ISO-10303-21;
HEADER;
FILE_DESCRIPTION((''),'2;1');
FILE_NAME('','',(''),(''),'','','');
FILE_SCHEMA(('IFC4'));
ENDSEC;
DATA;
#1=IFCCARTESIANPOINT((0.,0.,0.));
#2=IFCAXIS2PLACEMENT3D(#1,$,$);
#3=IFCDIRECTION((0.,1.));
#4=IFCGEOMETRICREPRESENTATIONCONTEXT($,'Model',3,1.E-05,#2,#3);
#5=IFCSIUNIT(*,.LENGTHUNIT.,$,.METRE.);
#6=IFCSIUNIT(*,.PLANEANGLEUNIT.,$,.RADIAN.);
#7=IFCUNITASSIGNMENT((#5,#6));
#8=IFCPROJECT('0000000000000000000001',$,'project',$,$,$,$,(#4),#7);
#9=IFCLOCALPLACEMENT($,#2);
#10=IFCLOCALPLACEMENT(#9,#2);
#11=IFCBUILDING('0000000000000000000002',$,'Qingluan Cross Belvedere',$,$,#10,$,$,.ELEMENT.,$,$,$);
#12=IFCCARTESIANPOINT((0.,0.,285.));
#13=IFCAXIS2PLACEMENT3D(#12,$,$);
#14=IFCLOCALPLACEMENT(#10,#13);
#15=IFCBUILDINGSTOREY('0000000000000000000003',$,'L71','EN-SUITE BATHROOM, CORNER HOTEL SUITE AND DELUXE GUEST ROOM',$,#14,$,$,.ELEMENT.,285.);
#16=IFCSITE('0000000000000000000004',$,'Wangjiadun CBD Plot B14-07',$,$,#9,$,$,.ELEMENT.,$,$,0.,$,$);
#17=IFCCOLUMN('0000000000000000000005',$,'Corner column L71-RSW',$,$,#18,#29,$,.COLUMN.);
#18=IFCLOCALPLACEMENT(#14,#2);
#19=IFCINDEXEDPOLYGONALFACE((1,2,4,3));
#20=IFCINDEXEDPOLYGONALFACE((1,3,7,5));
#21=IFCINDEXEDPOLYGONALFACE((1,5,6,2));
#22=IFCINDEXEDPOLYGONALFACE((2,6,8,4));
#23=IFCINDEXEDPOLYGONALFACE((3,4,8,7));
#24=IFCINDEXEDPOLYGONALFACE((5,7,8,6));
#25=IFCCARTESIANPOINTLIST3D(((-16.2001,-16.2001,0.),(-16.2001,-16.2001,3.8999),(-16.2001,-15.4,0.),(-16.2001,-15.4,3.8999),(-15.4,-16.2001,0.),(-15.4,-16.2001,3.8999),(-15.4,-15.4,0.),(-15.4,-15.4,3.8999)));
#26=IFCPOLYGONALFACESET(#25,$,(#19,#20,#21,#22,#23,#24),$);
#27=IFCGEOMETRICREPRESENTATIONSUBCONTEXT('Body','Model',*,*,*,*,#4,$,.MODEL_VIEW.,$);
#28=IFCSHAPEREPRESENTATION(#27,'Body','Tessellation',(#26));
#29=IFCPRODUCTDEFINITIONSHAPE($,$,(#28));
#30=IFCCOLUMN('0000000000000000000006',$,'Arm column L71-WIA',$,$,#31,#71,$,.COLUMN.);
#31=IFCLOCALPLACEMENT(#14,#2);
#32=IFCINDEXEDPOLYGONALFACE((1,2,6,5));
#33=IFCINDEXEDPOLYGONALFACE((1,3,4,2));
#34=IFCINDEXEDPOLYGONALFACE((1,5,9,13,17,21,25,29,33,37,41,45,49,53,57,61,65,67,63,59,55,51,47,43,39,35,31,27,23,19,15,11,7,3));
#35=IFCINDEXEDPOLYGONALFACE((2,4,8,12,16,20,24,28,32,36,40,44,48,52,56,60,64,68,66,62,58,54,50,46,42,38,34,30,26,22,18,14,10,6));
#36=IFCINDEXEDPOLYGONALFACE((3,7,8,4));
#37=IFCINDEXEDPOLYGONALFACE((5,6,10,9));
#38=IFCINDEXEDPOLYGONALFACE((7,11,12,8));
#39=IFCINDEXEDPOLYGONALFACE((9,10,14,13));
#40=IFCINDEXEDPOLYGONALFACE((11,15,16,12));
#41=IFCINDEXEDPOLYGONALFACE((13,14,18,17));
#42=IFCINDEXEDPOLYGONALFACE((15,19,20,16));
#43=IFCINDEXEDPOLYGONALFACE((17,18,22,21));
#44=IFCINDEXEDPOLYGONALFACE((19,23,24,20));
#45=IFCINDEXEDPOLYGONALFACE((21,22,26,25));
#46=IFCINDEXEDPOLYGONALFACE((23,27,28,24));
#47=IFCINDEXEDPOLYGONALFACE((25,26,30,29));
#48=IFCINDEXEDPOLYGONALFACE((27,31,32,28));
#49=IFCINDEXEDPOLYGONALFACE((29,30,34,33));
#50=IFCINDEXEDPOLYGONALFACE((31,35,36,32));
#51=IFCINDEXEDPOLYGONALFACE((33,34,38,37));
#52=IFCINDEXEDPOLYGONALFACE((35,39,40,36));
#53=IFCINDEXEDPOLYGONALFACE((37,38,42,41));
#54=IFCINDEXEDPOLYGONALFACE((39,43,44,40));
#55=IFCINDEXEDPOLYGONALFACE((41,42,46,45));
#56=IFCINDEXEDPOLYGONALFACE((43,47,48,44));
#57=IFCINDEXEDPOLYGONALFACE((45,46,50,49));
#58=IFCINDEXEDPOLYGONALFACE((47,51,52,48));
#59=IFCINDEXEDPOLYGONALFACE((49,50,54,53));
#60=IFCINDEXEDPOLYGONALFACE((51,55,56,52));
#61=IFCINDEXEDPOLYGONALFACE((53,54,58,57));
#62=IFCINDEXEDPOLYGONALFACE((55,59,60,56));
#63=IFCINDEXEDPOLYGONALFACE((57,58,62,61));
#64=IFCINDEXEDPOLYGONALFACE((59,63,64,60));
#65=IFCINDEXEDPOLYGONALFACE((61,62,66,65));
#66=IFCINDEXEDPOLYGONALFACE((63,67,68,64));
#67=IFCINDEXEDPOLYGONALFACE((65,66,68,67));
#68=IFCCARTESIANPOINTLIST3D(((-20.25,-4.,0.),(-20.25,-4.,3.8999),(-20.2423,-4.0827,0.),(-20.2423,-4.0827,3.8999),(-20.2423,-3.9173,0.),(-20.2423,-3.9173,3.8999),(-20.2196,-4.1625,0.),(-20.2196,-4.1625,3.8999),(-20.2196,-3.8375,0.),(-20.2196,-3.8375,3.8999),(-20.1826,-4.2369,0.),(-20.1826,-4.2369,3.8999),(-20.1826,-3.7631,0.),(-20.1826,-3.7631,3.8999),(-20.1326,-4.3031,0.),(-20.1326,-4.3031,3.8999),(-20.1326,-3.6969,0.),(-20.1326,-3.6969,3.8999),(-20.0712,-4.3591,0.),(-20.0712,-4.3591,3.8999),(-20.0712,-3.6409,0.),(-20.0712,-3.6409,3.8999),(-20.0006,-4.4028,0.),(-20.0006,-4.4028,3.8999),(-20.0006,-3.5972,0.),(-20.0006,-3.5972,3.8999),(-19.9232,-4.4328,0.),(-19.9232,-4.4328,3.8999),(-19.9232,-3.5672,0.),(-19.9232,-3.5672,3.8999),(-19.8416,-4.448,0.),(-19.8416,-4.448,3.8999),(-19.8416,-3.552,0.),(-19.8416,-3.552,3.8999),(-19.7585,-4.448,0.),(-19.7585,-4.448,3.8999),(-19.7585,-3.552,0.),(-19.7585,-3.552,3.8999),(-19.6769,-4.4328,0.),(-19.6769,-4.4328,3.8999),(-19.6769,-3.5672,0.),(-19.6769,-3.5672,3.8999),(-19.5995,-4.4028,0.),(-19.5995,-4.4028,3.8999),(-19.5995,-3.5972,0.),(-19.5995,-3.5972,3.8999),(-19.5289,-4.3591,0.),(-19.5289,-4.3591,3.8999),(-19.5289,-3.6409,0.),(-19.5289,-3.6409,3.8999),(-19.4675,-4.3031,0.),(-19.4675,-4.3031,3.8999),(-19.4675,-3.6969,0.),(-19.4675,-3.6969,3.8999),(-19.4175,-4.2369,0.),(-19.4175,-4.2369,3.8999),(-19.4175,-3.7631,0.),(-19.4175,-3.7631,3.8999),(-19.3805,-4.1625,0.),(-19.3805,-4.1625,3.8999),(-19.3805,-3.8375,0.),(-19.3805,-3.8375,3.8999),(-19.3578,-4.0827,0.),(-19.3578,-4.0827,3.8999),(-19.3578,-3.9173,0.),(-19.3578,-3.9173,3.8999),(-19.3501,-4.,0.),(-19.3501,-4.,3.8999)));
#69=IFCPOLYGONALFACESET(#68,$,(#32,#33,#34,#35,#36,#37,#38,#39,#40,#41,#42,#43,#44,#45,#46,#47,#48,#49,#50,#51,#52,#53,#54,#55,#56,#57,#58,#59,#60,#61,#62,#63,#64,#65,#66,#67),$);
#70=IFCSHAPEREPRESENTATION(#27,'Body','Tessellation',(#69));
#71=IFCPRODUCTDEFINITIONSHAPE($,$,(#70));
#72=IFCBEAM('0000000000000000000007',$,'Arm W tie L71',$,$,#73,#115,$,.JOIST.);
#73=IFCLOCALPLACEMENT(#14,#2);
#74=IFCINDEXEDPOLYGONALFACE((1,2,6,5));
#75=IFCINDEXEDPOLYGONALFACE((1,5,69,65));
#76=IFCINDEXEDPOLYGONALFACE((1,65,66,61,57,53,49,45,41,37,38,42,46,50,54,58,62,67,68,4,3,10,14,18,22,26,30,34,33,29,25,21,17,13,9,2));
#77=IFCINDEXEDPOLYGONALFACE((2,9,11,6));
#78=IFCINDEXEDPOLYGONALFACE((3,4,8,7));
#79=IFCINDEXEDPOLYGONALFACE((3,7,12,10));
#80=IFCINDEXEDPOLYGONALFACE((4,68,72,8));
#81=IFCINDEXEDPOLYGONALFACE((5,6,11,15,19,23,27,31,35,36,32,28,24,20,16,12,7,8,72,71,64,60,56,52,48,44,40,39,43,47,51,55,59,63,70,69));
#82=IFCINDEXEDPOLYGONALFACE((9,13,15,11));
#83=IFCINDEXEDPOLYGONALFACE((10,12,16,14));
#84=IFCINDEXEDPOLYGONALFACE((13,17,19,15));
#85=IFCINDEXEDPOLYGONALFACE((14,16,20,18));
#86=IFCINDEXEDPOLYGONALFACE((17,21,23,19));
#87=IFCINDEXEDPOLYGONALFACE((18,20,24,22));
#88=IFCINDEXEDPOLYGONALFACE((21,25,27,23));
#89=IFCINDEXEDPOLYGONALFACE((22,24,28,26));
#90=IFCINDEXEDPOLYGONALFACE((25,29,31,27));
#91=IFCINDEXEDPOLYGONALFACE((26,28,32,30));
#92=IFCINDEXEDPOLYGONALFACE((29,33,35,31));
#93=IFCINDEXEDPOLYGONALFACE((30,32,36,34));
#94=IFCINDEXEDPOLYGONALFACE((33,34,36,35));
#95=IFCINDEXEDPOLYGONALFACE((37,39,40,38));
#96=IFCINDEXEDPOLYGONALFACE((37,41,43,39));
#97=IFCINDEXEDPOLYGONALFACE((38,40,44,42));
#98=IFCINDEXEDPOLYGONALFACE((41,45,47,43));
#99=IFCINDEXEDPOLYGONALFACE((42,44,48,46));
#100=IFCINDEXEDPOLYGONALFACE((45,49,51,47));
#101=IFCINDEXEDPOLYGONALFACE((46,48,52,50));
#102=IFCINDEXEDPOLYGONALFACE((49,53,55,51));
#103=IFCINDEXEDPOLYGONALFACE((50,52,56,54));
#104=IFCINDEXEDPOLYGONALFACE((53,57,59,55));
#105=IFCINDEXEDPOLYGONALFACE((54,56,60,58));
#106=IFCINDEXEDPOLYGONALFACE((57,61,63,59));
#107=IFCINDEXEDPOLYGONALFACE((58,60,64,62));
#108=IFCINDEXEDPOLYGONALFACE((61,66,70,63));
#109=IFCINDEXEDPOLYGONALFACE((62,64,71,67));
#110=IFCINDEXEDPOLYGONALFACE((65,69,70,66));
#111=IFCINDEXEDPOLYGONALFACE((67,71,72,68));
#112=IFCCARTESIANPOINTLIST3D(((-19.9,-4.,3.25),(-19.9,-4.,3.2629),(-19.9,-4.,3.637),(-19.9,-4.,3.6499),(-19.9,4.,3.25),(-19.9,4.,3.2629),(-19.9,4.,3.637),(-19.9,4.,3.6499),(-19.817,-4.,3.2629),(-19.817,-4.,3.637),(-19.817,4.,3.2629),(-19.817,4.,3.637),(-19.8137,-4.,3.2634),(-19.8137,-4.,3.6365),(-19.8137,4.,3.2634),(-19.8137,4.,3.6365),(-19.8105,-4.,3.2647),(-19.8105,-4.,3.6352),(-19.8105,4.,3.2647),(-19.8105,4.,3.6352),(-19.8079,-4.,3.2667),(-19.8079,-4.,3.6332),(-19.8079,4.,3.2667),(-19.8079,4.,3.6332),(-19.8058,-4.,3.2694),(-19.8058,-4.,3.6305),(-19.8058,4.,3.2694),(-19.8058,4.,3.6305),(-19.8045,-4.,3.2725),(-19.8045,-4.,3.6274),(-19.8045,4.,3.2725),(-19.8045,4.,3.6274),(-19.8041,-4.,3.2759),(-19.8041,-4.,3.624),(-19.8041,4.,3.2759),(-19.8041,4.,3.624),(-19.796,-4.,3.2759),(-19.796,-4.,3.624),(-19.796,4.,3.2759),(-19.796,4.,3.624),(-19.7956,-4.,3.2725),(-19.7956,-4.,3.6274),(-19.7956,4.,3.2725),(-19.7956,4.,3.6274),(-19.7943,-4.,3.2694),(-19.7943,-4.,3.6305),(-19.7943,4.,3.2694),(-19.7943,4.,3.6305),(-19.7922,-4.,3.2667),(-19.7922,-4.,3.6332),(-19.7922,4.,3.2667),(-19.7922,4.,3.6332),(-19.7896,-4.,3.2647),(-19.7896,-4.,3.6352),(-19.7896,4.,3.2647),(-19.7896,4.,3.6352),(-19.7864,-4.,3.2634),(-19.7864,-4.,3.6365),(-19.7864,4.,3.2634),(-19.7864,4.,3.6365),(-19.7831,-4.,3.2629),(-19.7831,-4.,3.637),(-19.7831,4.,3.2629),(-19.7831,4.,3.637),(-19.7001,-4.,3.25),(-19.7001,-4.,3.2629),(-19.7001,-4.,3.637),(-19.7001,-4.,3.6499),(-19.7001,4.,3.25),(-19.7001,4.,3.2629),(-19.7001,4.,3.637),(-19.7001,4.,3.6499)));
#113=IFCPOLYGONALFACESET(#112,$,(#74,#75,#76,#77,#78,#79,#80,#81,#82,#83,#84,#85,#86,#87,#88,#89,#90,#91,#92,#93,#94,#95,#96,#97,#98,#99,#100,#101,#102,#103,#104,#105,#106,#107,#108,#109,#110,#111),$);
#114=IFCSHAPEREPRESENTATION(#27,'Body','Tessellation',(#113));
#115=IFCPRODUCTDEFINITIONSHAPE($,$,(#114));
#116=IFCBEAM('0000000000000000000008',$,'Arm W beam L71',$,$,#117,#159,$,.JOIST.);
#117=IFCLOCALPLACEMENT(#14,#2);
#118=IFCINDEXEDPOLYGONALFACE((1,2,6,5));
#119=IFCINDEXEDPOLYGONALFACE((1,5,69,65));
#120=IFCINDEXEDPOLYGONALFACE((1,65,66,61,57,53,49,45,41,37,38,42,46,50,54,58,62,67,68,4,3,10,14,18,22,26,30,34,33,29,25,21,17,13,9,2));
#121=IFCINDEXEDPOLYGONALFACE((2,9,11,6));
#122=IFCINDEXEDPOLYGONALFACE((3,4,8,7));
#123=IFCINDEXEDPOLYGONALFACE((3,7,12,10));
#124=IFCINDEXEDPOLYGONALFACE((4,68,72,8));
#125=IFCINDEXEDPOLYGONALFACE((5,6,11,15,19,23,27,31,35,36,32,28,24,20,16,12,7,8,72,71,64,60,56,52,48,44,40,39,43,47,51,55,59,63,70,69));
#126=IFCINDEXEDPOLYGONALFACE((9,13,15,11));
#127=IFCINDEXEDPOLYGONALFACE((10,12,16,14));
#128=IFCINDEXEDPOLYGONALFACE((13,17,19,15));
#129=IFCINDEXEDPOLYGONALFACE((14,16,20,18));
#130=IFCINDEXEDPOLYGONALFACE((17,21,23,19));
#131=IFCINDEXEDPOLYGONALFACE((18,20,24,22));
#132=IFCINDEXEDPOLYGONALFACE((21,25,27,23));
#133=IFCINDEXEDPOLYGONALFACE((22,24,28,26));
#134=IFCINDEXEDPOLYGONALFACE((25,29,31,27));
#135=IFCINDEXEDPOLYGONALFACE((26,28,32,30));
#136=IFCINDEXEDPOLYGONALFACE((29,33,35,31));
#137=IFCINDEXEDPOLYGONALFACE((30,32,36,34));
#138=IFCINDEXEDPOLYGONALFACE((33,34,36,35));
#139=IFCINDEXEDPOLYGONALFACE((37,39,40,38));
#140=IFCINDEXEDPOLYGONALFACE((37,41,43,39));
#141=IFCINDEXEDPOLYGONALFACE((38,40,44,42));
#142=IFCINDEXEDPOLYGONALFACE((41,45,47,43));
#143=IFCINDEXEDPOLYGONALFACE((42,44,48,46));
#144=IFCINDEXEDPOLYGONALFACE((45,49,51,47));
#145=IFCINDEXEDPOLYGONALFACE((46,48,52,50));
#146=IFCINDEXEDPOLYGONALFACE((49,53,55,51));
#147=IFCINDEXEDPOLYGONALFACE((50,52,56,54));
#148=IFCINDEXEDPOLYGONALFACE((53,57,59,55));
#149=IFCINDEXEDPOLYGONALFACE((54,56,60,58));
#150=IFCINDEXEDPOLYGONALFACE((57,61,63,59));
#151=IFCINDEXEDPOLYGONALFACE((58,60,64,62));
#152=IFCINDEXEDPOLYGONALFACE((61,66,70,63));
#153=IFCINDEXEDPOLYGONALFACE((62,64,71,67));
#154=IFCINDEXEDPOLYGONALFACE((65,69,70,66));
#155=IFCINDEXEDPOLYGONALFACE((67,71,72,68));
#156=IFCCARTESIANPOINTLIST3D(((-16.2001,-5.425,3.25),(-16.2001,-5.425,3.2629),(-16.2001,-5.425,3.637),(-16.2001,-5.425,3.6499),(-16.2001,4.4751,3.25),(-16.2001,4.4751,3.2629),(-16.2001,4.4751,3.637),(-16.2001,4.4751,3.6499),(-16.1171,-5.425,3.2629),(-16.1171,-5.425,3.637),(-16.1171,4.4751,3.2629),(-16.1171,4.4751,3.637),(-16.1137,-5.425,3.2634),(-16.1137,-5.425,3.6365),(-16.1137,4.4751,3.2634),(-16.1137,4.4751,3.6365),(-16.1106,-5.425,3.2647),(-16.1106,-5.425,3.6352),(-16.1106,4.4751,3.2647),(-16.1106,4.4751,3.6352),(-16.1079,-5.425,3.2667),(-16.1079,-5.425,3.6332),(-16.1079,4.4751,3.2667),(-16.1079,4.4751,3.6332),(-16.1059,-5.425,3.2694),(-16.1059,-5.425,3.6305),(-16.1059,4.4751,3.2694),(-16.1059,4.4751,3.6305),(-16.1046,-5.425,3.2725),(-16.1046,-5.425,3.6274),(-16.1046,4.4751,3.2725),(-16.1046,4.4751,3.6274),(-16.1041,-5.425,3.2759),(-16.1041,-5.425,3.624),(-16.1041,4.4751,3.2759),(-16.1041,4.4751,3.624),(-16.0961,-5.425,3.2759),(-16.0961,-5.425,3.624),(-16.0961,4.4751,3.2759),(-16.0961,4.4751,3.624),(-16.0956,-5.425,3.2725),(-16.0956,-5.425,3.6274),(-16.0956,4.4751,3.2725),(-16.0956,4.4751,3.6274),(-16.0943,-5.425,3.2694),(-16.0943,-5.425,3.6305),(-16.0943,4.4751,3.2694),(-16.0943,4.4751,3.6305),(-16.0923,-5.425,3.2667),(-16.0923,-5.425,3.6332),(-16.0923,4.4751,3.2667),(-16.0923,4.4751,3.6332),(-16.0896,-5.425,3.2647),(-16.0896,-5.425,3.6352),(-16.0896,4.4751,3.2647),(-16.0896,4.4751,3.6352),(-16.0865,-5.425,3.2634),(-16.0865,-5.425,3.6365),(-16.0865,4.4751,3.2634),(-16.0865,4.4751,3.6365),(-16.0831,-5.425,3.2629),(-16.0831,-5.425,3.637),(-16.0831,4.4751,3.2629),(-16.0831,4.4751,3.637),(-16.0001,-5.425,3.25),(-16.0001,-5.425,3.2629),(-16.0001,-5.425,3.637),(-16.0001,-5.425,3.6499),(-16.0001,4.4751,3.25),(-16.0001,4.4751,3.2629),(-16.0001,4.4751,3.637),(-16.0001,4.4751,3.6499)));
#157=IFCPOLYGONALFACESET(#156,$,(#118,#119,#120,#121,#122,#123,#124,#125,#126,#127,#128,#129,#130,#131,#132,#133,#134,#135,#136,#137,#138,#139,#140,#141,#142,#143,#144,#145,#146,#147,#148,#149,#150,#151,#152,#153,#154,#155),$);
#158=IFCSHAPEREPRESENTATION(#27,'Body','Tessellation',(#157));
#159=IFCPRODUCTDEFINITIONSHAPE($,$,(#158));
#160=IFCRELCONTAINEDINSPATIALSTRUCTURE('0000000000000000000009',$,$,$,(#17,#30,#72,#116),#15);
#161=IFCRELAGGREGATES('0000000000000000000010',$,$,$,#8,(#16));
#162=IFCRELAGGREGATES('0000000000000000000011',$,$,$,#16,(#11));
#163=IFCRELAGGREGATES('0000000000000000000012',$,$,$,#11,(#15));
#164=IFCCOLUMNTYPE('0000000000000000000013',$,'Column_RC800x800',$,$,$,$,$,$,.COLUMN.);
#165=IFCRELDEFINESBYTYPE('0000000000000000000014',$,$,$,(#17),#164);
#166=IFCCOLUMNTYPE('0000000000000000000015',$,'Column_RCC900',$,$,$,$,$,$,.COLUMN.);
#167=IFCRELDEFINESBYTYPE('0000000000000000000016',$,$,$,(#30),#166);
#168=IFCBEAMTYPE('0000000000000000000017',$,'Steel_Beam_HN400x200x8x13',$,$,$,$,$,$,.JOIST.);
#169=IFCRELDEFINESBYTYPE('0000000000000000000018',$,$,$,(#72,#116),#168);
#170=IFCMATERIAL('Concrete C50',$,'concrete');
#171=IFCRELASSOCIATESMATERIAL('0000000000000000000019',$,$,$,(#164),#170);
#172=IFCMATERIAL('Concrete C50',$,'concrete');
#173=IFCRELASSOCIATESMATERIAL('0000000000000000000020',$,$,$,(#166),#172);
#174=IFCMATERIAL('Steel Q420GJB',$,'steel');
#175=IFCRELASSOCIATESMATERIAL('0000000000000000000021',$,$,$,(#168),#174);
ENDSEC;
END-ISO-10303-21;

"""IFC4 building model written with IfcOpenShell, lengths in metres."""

from ifc_helpers import new_model, si_unit, direction, frame, origin, origin_2d, place, context, subcontext, project, spatial, rectangle, circle, i_section, extrude, material, material_profile, profile_set, type_object, element, save


model = new_model("IFC4")

# Units and contexts
model_context = context("Model", 3, precision=1e-05, world=origin(), true_north=direction((0.0, 1.0)))
body_context = subcontext(model_context, "Body", "Model", "MODEL_VIEW")
ifc_project = project(units=[si_unit("LENGTHUNIT", "METRE"), si_unit("PLANEANGLEUNIT", "RADIAN")], contexts=[model_context])

# Site, building, storey
site_placement = place(None, origin())
site = spatial("IfcSite", under=ifc_project, at=site_placement, Name="Wangjiadun CBD Plot B14-07", CompositionType="ELEMENT", RefElevation=0.0)
building_placement = place(site_placement, origin())
building = spatial("IfcBuilding", under=site, at=building_placement, Name="Qingluan Cross Belvedere", CompositionType="ELEMENT")
storey_placement = place(building_placement, frame((0.0, 0.0, 285.0)))
storey = spatial("IfcBuildingStorey", under=building, at=storey_placement, Name="L71", Description="EN-SUITE BATHROOM, CORNER HOTEL SUITE AND DELUXE GUEST ROOM", CompositionType="ELEMENT", Elevation=285.0)

# Columns
ifc_material_1 = material(Name="Concrete C50", Category="concrete")
ifc_material_profile_1 = material_profile(ifc_material_1, rectangle(XDim=0.8, YDim=0.8, at=origin_2d()), Name="RC800x800")
ifc_profile_set_1 = profile_set([ifc_material_profile_1], Name="Concrete C50")
column_type_1 = type_object("IfcColumnType", Name="Column_RC800x800", PredefinedType="COLUMN", material=ifc_profile_set_1)
column_1_placement = place(storey_placement, frame((-15.8, -15.8, 0.0), z_axis=(0.0, 0.0, 1.0), x_axis=(1.0, 0.0, 0.0)))
element("IfcColumn", 1, at=column_1_placement, inside=storey, type_object=column_type_1, Name="Corner column L71-RSW", PredefinedType="COLUMN", context=body_context, shape_type="SweptSolid", body=[
    extrude(rectangle(XDim=0.8, YDim=0.8, at=origin_2d()), origin(), (0.0, 0.0, 1.0), 3.8999),
])
ifc_material_2 = material(Name="Concrete C50", Category="concrete")
ifc_material_profile_2 = material_profile(ifc_material_2, circle(Radius=0.45, at=origin_2d()), Name="RCC900")
ifc_profile_set_2 = profile_set([ifc_material_profile_2], Name="Concrete C50")
column_type_2 = type_object("IfcColumnType", Name="Column_RCC900", PredefinedType="COLUMN", material=ifc_profile_set_2)
column_2_placement = place(storey_placement, frame((-19.8, -4.0, 0.0), z_axis=(0.0, 0.0, 1.0), x_axis=(1.0, 0.0, 0.0)))
element("IfcColumn", 2, at=column_2_placement, inside=storey, type_object=column_type_2, Name="Arm column L71-WIA", PredefinedType="COLUMN", context=body_context, shape_type="SweptSolid", body=[
    extrude(circle(Radius=0.45, at=origin_2d()), origin(), (0.0, 0.0, 1.0), 3.8999),
])

# Beams
ifc_material_3 = material(Name="Steel Q420GJB", Category="steel")
ifc_material_profile_3 = material_profile(ifc_material_3, i_section(OverallWidth=0.2, OverallDepth=0.3999, WebThickness=0.0081, FlangeThickness=0.0129, FilletRadius=0.0129, at=origin_2d()), Name="HN400x200x8x13")
ifc_profile_set_3 = profile_set([ifc_material_profile_3], Name="Steel Q420GJB")
beam_type_1 = type_object("IfcBeamType", Name="Steel_Beam_HN400x200x8x13", PredefinedType="JOIST", material=ifc_profile_set_3)
beam_1_placement = place(storey_placement, frame((-19.8, -4.0, 3.45), z_axis=(0.0, 1.0, 0.0), x_axis=(-1.0, 0.0, 0.0)))
element("IfcBeam", 3, at=beam_1_placement, inside=storey, type_object=beam_type_1, Name="Arm W tie L71", PredefinedType="JOIST", context=body_context, shape_type="SweptSolid", body=[
    extrude(i_section(OverallWidth=0.2, OverallDepth=0.3999, WebThickness=0.0081, FlangeThickness=0.0129, FilletRadius=0.0129, at=origin_2d()), origin(), (0.0, 0.0, 1.0), 8.0),
])
beam_2_placement = place(storey_placement, frame((-16.1001, -5.425, 3.45), z_axis=(0.0, 1.0, 0.0), x_axis=(-1.0, 0.0, 0.0)))
element("IfcBeam", 4, at=beam_2_placement, inside=storey, type_object=beam_type_1, Name="Arm W beam L71", PredefinedType="JOIST", context=body_context, shape_type="SweptSolid", body=[
    extrude(i_section(OverallWidth=0.2, OverallDepth=0.3999, WebThickness=0.0081, FlangeThickness=0.0129, FilletRadius=0.0129, at=origin_2d()), origin(), (0.0, 0.0, 1.0), 9.9001),
])

save(model, "model.ifc")
